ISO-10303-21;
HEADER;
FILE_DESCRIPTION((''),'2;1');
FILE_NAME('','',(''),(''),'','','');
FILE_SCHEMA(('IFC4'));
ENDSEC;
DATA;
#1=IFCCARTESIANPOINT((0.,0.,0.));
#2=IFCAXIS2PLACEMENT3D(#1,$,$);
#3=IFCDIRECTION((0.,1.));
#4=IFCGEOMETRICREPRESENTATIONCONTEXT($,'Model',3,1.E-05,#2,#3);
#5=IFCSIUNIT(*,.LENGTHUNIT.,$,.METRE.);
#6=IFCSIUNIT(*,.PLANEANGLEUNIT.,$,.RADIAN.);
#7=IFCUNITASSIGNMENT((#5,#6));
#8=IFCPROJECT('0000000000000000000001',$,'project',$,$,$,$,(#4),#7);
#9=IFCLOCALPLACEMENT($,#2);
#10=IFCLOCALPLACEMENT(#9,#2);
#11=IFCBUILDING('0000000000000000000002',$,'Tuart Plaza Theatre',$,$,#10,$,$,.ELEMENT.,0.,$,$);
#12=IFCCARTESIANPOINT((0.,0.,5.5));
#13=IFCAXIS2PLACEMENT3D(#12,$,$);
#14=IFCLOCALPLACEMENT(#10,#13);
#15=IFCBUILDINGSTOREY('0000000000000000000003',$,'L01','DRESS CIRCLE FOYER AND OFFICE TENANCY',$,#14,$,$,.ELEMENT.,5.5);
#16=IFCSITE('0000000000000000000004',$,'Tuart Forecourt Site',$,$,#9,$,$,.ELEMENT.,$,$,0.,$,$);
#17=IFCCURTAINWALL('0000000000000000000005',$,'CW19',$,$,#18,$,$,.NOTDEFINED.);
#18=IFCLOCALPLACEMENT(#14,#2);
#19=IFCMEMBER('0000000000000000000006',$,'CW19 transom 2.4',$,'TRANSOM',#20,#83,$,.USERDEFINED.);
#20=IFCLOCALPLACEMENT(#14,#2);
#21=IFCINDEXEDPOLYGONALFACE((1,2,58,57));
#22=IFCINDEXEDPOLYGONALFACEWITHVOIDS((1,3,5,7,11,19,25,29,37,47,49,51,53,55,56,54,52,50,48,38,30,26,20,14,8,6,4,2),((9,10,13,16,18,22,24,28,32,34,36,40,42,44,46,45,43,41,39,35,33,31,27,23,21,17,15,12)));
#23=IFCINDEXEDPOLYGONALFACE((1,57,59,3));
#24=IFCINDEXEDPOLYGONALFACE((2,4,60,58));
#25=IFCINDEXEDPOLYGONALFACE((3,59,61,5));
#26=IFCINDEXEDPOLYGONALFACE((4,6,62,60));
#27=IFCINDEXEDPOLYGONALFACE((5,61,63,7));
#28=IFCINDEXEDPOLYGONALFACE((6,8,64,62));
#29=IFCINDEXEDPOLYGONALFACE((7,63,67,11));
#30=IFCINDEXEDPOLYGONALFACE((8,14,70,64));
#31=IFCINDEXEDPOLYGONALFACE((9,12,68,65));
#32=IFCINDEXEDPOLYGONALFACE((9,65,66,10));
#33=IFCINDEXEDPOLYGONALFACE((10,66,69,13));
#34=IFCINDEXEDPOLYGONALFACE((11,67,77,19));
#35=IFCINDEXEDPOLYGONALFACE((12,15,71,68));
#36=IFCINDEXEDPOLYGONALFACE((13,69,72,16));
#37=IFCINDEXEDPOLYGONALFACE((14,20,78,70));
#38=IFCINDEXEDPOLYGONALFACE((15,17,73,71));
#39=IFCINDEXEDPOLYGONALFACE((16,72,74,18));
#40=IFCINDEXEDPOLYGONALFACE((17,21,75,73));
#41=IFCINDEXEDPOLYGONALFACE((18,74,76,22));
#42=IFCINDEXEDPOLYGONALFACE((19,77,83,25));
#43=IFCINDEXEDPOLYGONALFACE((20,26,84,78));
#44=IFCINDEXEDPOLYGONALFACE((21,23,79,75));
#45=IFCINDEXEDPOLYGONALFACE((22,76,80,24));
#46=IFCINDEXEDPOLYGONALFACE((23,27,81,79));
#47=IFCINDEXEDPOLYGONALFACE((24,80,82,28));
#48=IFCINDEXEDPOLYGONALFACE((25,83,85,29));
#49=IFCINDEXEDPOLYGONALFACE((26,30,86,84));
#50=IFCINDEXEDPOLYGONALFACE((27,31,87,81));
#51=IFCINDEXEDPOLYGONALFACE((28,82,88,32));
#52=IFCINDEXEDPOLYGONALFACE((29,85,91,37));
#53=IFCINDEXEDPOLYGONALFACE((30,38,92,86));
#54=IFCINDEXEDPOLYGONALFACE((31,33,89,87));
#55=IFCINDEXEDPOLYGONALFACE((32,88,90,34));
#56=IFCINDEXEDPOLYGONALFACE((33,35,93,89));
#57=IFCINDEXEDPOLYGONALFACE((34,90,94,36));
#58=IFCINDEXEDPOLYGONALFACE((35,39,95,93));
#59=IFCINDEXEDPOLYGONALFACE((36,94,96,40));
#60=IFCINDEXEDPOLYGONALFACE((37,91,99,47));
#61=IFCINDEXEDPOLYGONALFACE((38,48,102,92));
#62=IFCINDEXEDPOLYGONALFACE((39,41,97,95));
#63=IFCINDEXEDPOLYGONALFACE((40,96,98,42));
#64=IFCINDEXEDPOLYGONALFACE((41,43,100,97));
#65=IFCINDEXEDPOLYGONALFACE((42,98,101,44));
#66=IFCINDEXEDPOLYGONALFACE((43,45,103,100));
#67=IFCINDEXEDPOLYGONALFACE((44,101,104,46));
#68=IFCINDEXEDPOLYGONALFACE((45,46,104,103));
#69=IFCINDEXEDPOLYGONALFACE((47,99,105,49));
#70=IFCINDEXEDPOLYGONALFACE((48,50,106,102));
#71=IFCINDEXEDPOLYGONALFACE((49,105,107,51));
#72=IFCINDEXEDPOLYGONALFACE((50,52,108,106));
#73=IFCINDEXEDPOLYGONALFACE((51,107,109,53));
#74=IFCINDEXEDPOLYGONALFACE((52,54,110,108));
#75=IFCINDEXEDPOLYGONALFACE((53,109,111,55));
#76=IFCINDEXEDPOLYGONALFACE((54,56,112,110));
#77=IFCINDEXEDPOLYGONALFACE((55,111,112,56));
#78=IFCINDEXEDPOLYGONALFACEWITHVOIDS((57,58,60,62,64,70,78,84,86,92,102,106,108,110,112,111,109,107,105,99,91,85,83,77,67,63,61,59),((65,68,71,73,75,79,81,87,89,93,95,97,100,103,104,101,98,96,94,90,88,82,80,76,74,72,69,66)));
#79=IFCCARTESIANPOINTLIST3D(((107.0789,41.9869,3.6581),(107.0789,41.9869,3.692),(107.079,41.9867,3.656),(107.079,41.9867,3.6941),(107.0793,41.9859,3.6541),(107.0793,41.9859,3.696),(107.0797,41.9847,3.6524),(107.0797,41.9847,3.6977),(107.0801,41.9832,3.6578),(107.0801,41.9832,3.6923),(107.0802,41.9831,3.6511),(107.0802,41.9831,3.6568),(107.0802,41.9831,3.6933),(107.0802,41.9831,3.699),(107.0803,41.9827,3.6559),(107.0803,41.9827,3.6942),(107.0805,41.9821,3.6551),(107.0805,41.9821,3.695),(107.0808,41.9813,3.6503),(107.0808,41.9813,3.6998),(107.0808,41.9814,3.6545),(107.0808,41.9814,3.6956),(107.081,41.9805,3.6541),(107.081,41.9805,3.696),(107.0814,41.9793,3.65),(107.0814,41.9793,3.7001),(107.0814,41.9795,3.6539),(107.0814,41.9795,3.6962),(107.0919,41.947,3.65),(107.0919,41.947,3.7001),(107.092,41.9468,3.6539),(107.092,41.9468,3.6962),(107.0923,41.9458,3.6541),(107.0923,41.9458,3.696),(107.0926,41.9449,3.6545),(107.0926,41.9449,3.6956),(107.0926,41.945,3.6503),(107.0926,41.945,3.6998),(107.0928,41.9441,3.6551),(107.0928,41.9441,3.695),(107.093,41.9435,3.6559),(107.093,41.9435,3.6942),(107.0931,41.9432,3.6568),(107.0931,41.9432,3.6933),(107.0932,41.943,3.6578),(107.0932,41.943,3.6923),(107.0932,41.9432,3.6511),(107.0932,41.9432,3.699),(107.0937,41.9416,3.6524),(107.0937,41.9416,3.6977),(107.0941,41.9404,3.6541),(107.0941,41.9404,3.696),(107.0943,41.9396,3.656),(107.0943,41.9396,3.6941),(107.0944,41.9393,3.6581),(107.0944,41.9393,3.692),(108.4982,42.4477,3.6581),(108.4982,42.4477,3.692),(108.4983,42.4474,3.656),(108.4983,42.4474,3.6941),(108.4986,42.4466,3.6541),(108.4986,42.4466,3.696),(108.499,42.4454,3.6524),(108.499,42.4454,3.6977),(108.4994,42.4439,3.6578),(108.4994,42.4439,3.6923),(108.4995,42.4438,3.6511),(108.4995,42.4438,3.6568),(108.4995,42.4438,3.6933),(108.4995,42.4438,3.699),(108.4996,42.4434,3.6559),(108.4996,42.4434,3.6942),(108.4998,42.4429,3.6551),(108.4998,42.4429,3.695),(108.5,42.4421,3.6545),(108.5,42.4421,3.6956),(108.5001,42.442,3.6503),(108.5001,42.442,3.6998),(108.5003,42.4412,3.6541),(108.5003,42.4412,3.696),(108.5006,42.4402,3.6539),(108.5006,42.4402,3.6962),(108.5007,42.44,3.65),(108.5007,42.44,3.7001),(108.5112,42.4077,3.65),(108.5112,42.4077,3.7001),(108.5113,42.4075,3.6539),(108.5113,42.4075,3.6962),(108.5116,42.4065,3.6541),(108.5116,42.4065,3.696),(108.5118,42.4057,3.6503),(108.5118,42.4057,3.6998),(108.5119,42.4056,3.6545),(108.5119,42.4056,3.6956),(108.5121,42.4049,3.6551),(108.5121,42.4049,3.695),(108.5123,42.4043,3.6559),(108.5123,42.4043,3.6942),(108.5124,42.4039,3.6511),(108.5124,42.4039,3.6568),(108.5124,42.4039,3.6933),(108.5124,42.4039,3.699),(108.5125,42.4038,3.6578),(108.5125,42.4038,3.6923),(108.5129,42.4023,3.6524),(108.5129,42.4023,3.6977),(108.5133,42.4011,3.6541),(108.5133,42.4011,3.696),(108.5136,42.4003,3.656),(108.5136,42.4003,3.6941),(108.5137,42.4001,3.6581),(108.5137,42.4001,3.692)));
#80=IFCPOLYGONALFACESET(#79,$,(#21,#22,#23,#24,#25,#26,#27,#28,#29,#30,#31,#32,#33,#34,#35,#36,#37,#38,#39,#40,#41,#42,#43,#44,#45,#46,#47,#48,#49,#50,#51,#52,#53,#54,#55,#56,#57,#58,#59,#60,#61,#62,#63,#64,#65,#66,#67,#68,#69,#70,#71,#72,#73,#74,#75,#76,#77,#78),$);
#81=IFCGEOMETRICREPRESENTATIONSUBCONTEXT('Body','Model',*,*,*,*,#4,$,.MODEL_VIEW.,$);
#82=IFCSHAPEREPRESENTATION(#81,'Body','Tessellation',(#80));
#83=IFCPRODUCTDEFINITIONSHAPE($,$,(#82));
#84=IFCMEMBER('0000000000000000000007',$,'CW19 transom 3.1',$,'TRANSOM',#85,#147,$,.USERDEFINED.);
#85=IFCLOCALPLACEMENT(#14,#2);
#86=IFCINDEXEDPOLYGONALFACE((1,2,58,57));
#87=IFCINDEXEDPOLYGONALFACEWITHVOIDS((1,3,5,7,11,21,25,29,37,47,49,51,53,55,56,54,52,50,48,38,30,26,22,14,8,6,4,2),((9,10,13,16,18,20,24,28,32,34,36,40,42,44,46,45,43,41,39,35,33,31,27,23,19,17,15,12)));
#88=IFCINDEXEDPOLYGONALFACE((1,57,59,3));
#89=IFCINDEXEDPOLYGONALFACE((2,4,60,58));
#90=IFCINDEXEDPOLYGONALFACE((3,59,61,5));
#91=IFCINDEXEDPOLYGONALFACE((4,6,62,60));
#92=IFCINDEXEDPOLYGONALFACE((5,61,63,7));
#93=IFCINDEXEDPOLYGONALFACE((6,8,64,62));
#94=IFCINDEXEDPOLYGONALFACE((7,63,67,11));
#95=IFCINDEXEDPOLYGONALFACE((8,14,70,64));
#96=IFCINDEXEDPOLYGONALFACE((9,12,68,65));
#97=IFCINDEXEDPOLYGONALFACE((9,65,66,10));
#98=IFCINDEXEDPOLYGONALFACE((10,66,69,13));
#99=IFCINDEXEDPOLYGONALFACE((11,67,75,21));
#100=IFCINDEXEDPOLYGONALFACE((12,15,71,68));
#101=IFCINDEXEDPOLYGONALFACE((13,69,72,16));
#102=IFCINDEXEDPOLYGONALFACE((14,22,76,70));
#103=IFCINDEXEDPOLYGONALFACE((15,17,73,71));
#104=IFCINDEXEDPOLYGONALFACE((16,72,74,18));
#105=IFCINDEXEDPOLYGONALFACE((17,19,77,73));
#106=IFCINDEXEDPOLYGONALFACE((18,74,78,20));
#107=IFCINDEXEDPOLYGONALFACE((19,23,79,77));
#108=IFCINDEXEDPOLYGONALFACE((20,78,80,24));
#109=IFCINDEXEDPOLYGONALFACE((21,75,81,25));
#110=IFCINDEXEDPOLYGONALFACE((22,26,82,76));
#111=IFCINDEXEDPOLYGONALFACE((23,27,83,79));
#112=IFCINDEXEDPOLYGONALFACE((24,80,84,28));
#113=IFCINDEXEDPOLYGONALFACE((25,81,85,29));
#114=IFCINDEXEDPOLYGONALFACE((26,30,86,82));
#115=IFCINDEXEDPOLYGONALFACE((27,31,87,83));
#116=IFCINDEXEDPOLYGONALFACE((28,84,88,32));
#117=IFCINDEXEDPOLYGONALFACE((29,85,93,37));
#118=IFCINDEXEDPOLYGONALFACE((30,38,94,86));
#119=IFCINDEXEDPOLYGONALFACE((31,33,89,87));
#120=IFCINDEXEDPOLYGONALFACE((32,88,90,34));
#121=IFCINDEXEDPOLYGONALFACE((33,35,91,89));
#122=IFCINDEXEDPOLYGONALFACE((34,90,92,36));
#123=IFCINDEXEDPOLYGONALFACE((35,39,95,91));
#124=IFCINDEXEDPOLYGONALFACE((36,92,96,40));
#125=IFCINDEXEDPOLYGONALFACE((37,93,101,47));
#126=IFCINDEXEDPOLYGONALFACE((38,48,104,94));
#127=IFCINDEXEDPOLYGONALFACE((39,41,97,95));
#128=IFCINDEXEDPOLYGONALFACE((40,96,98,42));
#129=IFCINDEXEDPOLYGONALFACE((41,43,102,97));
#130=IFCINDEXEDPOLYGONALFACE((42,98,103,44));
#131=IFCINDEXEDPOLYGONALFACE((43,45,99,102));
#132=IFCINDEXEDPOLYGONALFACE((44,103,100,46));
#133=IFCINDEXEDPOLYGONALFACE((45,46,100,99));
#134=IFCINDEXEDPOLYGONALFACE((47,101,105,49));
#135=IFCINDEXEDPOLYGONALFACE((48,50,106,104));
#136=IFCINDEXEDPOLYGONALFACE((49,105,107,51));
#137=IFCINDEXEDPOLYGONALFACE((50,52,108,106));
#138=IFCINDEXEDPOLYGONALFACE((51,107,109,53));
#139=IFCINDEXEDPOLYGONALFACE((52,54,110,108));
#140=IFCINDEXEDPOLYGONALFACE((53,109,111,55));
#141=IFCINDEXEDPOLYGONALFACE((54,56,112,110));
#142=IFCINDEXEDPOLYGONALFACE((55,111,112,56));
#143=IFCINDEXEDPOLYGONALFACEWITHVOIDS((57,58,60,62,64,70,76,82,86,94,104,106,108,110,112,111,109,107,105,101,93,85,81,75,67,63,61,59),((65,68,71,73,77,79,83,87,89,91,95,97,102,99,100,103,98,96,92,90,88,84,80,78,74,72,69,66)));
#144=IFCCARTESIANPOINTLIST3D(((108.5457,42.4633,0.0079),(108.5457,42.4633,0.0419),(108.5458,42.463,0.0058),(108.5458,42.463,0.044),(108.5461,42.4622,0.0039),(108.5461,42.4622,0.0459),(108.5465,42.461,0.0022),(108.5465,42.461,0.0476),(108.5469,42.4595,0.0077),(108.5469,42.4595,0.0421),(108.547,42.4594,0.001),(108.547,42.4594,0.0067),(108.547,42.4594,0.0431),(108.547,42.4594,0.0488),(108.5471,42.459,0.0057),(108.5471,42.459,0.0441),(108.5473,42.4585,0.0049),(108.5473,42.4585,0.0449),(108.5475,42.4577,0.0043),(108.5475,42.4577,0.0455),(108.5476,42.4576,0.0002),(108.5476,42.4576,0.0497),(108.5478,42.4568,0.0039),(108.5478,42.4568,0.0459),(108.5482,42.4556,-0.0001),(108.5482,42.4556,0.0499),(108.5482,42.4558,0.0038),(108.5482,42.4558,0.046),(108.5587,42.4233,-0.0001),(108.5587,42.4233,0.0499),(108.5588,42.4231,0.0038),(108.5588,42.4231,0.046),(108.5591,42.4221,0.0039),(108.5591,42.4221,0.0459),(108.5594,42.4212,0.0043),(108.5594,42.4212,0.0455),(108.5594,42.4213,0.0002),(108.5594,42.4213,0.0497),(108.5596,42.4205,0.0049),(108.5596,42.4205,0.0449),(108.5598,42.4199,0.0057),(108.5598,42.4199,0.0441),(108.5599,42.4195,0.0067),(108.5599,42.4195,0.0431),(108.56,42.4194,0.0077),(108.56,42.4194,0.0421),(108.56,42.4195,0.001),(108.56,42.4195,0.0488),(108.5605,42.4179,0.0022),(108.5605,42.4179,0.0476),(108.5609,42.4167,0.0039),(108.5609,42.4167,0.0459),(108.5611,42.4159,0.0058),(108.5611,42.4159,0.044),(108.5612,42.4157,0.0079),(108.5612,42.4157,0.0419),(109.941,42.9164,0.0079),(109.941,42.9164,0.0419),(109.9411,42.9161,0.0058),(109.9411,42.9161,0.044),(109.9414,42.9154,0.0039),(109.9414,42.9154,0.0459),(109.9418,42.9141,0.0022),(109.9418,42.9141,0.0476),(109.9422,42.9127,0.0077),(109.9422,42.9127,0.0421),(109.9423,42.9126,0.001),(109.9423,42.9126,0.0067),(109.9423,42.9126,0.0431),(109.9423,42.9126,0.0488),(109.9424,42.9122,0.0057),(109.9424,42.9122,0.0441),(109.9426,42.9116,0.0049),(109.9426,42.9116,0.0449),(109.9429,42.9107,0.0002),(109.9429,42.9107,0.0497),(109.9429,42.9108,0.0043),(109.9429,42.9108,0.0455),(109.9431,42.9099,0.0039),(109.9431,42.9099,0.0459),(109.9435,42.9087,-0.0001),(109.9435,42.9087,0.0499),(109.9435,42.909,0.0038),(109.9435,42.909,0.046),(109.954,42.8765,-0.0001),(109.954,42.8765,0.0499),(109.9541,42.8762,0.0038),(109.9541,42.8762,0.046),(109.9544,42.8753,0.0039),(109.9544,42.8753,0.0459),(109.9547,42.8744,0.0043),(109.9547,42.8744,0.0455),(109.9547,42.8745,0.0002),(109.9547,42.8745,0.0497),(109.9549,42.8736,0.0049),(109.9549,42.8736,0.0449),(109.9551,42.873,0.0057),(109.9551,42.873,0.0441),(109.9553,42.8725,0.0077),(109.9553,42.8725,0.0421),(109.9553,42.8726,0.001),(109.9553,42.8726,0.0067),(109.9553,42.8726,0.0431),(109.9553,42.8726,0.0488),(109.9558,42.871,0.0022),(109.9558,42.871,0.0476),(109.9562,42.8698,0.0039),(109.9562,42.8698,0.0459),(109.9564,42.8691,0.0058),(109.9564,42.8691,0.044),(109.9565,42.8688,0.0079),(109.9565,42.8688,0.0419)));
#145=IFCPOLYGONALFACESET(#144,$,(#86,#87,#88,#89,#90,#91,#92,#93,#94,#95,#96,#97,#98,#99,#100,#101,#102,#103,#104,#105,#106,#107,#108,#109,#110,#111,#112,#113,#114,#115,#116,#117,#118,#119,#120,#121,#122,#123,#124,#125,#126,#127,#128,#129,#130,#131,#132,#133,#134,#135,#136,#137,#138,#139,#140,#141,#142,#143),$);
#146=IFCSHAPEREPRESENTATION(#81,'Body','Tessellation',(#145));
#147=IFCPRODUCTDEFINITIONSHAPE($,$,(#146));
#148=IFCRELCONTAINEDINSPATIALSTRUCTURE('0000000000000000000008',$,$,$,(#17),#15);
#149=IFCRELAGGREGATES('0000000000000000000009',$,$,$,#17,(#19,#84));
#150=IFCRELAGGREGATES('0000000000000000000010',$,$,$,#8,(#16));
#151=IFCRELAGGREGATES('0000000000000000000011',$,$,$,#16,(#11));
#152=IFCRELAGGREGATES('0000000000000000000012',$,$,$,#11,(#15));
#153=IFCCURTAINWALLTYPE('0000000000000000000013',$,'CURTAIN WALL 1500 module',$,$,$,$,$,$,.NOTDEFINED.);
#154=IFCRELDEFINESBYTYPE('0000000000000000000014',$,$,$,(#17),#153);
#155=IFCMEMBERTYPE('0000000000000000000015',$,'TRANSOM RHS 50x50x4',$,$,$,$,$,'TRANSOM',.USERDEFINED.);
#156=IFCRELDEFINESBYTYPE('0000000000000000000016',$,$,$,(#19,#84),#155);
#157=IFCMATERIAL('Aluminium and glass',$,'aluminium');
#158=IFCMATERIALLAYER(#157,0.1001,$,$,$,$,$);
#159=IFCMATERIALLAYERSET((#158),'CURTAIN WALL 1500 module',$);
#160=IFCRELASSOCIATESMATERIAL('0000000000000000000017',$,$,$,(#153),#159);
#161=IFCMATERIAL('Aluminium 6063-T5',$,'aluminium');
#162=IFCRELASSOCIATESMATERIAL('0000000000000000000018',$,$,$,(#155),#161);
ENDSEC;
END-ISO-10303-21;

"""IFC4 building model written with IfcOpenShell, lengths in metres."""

from ifc_helpers import new_model, si_unit, direction, frame, origin, origin_2d, place, context, subcontext, project, spatial, hollow_rectangle, extrude, material, layer, layer_set, material_profile, profile_set, type_object, element, aggregate, save


model = new_model("IFC4")

# Units and contexts
model_context = context("Model", 3, precision=1e-05, world=origin(), true_north=direction((0.0, 1.0)))
body_context = subcontext(model_context, "Body", "Model", "MODEL_VIEW")
ifc_project = project(units=[si_unit("LENGTHUNIT", "METRE"), si_unit("PLANEANGLEUNIT", "RADIAN")], contexts=[model_context])

# Site, building, storey
site_placement = place(None, origin())
site = spatial("IfcSite", under=ifc_project, at=site_placement, Name="Tuart Forecourt Site", CompositionType="ELEMENT", RefElevation=0.0)
building_placement = place(site_placement, origin())
building = spatial("IfcBuilding", under=site, at=building_placement, Name="Tuart Plaza Theatre", CompositionType="ELEMENT", ElevationOfRefHeight=0.0)
storey_placement = place(building_placement, frame((0.0, 0.0, 5.5)))
storey = spatial("IfcBuildingStorey", under=building, at=storey_placement, Name="L01", Description="DRESS CIRCLE FOYER AND OFFICE TENANCY", CompositionType="ELEMENT", Elevation=5.5)

# Curtain wall
ifc_material_1 = material(Name="Aluminium and glass", Category="aluminium")
ifc_layer_1 = layer(ifc_material_1, 0.1001)
ifc_layer_set_1 = layer_set([ifc_layer_1], Name="CURTAIN WALL 1500 module")
curtain_wall_type = type_object("IfcCurtainWallType", Name="CURTAIN WALL 1500 module", PredefinedType="NOTDEFINED", material=ifc_layer_set_1)
curtain_wall_1_placement = place(storey_placement, origin())
curtain_wall_1 = element("IfcCurtainWall", 1, at=curtain_wall_1_placement, inside=storey, type_object=curtain_wall_type, Name="CW19", PredefinedType="NOTDEFINED")

# Members
ifc_material_2 = material(Name="Aluminium 6063-T5", Category="aluminium")
ifc_material_profile_1 = material_profile(ifc_material_2, hollow_rectangle(XDim=0.05, YDim=0.05, WallThickness=0.0039, InnerFilletRadius=0.0039, OuterFilletRadius=0.0081, at=origin_2d()), Name="RHS 50x50x4")
ifc_profile_set_1 = profile_set([ifc_material_profile_1], Name="Aluminium 6063-T5")
member_type_1 = type_object("IfcMemberType", Name="TRANSOM RHS 50x50x4", ElementType="TRANSOM", PredefinedType="USERDEFINED", material=ifc_profile_set_1)
member_1_placement = place(storey_placement, frame((107.0867, 41.9631, 3.675), z_axis=(0.951141, 0.308757, 0.0), x_axis=(-0.308757, 0.951141, 0.0)))
member_1 = element("IfcMember", 2, at=member_1_placement, type_object=member_type_1, Name="CW19 transom 2.4", ObjectType="TRANSOM", PredefinedType="USERDEFINED", context=body_context, shape_type="SweptSolid", body=[
    extrude(hollow_rectangle(XDim=0.05, YDim=0.05, WallThickness=0.0039, InnerFilletRadius=0.0039, OuterFilletRadius=0.0081, at=origin_2d()), origin(), (0.0, 0.0, 1.0), 1.4922),
])
member_2_placement = place(storey_placement, frame((108.5535, 42.4395, 0.0249), z_axis=(0.951101, 0.308879, 0.0), x_axis=(-0.308879, 0.951101, 0.0)))
member_2 = element("IfcMember", 3, at=member_2_placement, type_object=member_type_1, Name="CW19 transom 3.1", ObjectType="TRANSOM", PredefinedType="USERDEFINED", context=body_context, shape_type="SweptSolid", body=[
    extrude(hollow_rectangle(XDim=0.05, YDim=0.05, WallThickness=0.0039, InnerFilletRadius=0.0039, OuterFilletRadius=0.0081, at=origin_2d()), origin(), (0.0, 0.0, 1.0), 1.467),
])

aggregate(curtain_wall_1, [member_1, member_2])

save(model, "model.ifc")
